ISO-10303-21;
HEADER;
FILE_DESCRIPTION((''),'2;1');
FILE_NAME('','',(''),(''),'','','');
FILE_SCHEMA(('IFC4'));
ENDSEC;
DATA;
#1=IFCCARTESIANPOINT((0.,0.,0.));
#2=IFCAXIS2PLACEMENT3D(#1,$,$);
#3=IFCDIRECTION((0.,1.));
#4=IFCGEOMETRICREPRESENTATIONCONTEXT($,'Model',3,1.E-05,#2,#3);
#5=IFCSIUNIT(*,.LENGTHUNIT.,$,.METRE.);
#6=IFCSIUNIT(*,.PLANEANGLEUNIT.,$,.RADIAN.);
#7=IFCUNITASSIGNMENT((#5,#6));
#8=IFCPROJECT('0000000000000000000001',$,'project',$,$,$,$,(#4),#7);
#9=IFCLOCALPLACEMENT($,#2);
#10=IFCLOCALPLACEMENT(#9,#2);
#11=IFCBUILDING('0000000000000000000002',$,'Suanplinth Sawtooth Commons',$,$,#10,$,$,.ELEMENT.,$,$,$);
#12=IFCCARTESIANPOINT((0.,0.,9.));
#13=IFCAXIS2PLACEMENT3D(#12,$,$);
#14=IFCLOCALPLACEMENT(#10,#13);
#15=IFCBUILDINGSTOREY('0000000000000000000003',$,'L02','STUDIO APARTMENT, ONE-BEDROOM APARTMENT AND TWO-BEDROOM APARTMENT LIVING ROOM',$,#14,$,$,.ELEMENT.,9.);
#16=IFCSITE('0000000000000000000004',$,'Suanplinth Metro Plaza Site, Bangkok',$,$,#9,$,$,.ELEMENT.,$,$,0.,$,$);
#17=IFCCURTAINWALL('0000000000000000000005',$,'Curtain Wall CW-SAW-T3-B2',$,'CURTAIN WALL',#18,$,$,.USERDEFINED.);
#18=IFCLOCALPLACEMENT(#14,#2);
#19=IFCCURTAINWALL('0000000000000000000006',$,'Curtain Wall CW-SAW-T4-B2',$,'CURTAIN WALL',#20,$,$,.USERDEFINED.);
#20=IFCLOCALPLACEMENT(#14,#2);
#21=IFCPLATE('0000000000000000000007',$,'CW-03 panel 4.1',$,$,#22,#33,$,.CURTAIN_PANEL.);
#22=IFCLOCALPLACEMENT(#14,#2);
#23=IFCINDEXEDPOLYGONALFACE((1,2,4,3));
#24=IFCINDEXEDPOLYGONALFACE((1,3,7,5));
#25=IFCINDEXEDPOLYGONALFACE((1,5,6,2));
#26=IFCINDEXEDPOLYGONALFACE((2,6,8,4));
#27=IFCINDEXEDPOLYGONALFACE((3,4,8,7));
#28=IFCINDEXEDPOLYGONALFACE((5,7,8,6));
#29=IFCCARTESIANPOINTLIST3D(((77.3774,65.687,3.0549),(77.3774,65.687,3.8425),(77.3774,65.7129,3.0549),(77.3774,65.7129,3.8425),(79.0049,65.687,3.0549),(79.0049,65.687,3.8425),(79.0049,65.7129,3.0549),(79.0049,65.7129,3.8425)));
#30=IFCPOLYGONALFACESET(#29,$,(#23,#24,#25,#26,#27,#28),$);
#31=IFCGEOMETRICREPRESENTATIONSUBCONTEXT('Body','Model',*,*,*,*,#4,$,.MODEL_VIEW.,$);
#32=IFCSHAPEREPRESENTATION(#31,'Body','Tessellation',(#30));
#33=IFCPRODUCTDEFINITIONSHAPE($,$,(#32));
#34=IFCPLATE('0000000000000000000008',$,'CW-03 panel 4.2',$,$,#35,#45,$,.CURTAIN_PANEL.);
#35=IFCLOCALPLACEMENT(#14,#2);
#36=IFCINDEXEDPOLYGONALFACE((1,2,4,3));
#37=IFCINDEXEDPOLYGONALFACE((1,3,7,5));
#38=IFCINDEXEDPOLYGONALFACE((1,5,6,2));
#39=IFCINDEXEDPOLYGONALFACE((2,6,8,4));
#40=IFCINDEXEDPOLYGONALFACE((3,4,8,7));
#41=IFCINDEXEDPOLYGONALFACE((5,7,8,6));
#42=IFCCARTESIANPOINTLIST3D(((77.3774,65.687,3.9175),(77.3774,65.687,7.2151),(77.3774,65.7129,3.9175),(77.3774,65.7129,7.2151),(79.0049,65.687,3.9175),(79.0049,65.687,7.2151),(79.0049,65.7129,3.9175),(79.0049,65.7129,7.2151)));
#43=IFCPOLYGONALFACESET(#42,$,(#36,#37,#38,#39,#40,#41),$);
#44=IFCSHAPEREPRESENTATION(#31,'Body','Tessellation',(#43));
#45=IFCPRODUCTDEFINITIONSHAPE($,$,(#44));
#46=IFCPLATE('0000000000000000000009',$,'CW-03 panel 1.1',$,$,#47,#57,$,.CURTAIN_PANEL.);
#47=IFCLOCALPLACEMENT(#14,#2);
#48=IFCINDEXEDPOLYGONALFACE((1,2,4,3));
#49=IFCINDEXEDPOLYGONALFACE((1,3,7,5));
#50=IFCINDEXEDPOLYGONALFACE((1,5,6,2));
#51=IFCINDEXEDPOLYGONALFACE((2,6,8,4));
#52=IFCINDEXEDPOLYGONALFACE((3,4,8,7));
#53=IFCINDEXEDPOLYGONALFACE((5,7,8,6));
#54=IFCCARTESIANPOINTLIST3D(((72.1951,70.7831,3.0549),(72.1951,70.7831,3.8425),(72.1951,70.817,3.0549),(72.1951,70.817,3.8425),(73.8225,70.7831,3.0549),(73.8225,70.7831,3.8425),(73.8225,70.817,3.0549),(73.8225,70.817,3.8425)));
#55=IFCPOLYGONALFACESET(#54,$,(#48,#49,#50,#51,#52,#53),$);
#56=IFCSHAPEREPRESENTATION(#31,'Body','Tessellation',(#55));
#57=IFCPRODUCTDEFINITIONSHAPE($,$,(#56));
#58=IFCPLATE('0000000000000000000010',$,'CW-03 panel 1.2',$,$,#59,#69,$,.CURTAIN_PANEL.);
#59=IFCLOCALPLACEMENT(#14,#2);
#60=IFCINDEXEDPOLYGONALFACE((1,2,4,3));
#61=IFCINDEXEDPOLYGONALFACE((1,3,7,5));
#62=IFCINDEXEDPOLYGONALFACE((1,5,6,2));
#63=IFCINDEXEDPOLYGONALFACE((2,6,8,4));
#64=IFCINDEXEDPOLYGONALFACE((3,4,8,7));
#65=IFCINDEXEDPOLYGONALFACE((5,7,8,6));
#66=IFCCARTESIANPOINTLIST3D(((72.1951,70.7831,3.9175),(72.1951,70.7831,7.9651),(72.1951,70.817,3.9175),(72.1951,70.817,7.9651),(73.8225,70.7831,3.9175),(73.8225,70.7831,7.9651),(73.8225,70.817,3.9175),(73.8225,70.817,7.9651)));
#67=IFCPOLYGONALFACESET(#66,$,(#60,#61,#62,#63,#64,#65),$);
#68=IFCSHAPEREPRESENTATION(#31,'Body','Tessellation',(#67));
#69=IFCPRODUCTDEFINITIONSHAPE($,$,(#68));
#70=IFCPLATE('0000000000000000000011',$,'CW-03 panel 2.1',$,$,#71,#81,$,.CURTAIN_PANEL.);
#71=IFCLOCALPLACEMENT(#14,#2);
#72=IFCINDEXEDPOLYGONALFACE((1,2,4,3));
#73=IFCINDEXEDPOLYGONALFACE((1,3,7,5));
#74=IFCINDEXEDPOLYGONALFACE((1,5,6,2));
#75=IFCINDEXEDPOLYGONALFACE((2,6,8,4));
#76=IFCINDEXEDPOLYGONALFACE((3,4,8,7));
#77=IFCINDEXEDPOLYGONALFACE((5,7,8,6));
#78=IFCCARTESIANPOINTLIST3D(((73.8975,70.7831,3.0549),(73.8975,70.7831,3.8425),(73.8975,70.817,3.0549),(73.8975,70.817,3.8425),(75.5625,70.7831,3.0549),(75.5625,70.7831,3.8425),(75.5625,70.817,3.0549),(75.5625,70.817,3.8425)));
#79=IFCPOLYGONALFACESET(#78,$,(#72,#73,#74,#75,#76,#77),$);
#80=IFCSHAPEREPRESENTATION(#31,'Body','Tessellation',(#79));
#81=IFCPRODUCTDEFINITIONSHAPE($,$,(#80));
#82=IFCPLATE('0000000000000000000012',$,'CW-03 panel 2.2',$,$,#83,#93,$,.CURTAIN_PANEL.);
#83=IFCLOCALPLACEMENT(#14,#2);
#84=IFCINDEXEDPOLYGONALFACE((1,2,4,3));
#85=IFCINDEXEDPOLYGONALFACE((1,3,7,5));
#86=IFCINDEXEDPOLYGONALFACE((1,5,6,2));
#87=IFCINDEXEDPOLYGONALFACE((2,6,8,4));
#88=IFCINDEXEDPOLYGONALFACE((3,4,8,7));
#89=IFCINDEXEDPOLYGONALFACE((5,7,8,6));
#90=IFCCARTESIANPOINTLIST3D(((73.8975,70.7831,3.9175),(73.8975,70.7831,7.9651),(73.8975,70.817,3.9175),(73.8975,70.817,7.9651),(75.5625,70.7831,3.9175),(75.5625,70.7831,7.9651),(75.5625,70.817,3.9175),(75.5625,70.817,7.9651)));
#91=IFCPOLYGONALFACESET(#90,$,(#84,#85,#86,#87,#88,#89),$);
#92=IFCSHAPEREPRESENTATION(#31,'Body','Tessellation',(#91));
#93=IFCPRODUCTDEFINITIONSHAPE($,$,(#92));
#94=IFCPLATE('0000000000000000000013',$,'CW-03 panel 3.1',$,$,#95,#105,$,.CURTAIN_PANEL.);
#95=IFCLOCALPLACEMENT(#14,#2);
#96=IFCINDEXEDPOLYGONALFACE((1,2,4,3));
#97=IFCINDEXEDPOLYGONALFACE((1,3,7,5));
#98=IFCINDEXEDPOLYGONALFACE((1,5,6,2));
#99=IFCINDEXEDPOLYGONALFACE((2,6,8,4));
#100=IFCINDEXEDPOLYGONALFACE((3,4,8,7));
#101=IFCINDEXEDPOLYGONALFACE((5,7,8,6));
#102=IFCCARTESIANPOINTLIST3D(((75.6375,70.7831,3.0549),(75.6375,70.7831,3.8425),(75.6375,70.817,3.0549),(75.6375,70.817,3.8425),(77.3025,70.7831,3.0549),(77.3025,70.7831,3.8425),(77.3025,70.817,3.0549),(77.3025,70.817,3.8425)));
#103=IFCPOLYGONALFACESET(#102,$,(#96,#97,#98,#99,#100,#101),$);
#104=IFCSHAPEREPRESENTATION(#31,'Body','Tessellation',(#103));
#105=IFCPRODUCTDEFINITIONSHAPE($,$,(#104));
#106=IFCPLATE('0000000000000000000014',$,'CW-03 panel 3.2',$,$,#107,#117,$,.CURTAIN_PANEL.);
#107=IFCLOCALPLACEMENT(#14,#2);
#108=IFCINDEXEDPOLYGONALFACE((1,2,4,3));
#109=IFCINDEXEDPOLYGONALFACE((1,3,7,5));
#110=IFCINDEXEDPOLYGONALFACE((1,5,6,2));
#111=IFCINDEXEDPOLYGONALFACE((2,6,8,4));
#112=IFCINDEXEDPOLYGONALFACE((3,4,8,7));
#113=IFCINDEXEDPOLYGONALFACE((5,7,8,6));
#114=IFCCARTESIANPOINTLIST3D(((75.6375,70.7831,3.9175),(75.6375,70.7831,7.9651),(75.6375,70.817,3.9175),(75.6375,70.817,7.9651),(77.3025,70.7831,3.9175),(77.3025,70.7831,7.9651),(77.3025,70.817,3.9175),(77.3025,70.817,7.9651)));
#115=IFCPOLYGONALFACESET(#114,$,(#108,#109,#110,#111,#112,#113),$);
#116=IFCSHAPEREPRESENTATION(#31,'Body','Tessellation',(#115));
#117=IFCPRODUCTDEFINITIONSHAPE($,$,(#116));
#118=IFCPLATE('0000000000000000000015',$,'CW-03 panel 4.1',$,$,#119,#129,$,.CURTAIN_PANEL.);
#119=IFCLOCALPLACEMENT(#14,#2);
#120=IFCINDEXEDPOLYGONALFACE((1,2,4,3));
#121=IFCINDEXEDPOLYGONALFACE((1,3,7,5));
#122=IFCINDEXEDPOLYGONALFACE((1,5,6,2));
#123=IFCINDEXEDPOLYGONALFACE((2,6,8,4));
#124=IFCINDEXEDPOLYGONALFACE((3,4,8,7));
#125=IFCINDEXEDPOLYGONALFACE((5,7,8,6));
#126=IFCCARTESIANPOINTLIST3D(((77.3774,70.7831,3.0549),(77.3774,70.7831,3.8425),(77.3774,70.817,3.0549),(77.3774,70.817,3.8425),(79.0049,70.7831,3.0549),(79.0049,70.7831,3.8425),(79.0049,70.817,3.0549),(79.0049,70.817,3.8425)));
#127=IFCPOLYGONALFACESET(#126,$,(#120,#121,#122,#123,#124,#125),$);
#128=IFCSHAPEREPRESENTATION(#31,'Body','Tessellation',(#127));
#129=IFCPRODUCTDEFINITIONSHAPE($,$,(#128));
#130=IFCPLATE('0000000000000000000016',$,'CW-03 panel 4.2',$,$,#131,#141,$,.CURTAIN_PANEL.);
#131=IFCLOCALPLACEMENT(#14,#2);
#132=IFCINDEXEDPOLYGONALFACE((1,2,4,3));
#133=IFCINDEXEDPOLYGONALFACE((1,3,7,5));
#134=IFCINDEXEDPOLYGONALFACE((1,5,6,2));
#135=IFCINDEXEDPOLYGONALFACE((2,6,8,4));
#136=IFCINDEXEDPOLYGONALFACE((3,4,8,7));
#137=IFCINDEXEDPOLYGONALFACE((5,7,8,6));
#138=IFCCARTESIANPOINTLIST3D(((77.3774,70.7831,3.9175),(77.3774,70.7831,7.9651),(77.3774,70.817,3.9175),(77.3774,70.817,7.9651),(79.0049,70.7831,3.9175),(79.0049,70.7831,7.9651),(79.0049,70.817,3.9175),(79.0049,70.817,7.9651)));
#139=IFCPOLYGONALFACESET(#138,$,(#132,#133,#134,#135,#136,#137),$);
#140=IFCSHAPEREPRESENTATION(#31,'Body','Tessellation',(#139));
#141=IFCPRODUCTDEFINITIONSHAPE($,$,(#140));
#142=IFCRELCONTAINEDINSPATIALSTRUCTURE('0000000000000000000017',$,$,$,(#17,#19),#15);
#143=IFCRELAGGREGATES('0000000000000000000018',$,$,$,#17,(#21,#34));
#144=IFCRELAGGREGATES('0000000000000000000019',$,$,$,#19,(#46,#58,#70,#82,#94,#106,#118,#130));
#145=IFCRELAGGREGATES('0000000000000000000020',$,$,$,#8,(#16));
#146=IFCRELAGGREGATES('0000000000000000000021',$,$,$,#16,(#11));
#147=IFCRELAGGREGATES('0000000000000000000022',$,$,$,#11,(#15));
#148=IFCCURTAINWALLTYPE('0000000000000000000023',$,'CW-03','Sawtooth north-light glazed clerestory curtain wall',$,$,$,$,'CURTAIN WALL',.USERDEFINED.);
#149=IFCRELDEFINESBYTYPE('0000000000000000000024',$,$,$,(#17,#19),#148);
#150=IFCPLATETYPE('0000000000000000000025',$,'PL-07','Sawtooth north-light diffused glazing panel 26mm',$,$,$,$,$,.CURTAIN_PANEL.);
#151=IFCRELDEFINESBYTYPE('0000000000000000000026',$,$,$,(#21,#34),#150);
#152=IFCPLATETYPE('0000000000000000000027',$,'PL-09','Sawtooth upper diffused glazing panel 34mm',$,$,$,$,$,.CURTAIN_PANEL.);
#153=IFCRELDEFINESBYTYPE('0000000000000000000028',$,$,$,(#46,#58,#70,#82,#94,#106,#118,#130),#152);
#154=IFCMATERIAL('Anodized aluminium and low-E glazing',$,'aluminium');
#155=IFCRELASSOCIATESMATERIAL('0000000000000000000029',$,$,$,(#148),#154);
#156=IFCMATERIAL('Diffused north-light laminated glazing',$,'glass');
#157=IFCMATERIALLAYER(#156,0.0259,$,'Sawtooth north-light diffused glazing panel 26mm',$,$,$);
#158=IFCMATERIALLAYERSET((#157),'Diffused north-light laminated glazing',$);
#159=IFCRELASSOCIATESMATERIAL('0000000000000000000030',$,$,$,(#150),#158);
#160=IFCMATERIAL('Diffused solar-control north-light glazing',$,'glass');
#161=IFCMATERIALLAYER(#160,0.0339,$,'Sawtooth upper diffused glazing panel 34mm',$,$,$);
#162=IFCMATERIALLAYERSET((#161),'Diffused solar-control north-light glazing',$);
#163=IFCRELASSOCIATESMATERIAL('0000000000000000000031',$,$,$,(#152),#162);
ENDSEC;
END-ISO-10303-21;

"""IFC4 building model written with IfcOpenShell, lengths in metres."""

from ifc_helpers import new_model, si_unit, direction, frame, origin, origin_2d, place, context, subcontext, project, spatial, rectangle, extrude, material, layer, layer_set, type_object, element, aggregate, save


model = new_model("IFC4")

# Units and contexts
model_context = context("Model", 3, precision=1e-05, world=origin(), true_north=direction((0.0, 1.0)))
body_context = subcontext(model_context, "Body", "Model", "MODEL_VIEW")
ifc_project = project(units=[si_unit("LENGTHUNIT", "METRE"), si_unit("PLANEANGLEUNIT", "RADIAN")], contexts=[model_context])

# Site, building, storey
site_placement = place(None, origin())
site = spatial("IfcSite", under=ifc_project, at=site_placement, Name="Suanplinth Metro Plaza Site, Bangkok", CompositionType="ELEMENT", RefElevation=0.0)
building_placement = place(site_placement, origin())
building = spatial("IfcBuilding", under=site, at=building_placement, Name="Suanplinth Sawtooth Commons", CompositionType="ELEMENT")
storey_placement = place(building_placement, frame((0.0, 0.0, 9.0)))
storey = spatial("IfcBuildingStorey", under=building, at=storey_placement, Name="L02", Description="STUDIO APARTMENT, ONE-BEDROOM APARTMENT AND TWO-BEDROOM APARTMENT LIVING ROOM", CompositionType="ELEMENT", Elevation=9.0)

# Curtain wall
ifc_material_1 = material(Name="Anodized aluminium and low-E glazing", Category="aluminium")
curtain_wall_type = type_object("IfcCurtainWallType", Name="CW-03", Description="Sawtooth north-light glazed clerestory curtain wall", ElementType="CURTAIN WALL", PredefinedType="USERDEFINED", material=ifc_material_1)
curtain_wall_1_placement = place(storey_placement, origin())
curtain_wall_1 = element("IfcCurtainWall", 1, at=curtain_wall_1_placement, inside=storey, type_object=curtain_wall_type, Name="Curtain Wall CW-SAW-T3-B2", ObjectType="CURTAIN WALL", PredefinedType="USERDEFINED")

# Curtain wall
curtain_wall_2_placement = place(storey_placement, origin())
curtain_wall_2 = element("IfcCurtainWall", 2, at=curtain_wall_2_placement, inside=storey, type_object=curtain_wall_type, Name="Curtain Wall CW-SAW-T4-B2", ObjectType="CURTAIN WALL", PredefinedType="USERDEFINED")

# Plates
ifc_material_2 = material(Name="Diffused north-light laminated glazing", Category="glass")
ifc_layer_1 = layer(ifc_material_2, 0.0259, Name="Sawtooth north-light diffused glazing panel 26mm")
ifc_layer_set_1 = layer_set([ifc_layer_1], Name="Diffused north-light laminated glazing")
plate_type_1 = type_object("IfcPlateType", Name="PL-07", Description="Sawtooth north-light diffused glazing panel 26mm", PredefinedType="CURTAIN_PANEL", material=ifc_layer_set_1)
plate_1_placement = place(storey_placement, frame((78.1912, 65.7, 3.0549), z_axis=(0.0, 0.0, 1.0), x_axis=(1.0, 0.0, 0.0)))
plate_1 = element("IfcPlate", 3, at=plate_1_placement, type_object=plate_type_1, Name="CW-03 panel 4.1", PredefinedType="CURTAIN_PANEL", context=body_context, shape_type="SweptSolid", body=[
    extrude(rectangle(XDim=1.6274, YDim=0.0259, at=origin_2d()), origin(), (0.0, 0.0, 1.0), 0.7876),
])
plate_2_placement = place(storey_placement, frame((78.1912, 65.7, 3.9175), z_axis=(0.0, 0.0, 1.0), x_axis=(1.0, 0.0, 0.0)))
plate_2 = element("IfcPlate", 4, at=plate_2_placement, type_object=plate_type_1, Name="CW-03 panel 4.2", PredefinedType="CURTAIN_PANEL", context=body_context, shape_type="SweptSolid", body=[
    extrude(rectangle(XDim=1.6274, YDim=0.0259, at=origin_2d()), origin(), (0.0, 0.0, 1.0), 3.2976),
])
aggregate(curtain_wall_1, [plate_1, plate_2])
ifc_material_3 = material(Name="Diffused solar-control north-light glazing", Category="glass")
ifc_layer_2 = layer(ifc_material_3, 0.0339, Name="Sawtooth upper diffused glazing panel 34mm")
ifc_layer_set_2 = layer_set([ifc_layer_2], Name="Diffused solar-control north-light glazing")
plate_type_2 = type_object("IfcPlateType", Name="PL-09", Description="Sawtooth upper diffused glazing panel 34mm", PredefinedType="CURTAIN_PANEL", material=ifc_layer_set_2)
plate_3_placement = place(storey_placement, frame((73.0088, 70.8, 3.0549), z_axis=(0.0, 0.0, 1.0), x_axis=(1.0, 0.0, 0.0)))
plate_3 = element("IfcPlate", 5, at=plate_3_placement, type_object=plate_type_2, Name="CW-03 panel 1.1", PredefinedType="CURTAIN_PANEL", context=body_context, shape_type="SweptSolid", body=[
    extrude(rectangle(XDim=1.6274, YDim=0.0339, at=origin_2d()), origin(), (0.0, 0.0, 1.0), 0.7876),
])
plate_4_placement = place(storey_placement, frame((73.0088, 70.8, 3.9175), z_axis=(0.0, 0.0, 1.0), x_axis=(1.0, 0.0, 0.0)))
plate_4 = element("IfcPlate", 6, at=plate_4_placement, type_object=plate_type_2, Name="CW-03 panel 1.2", PredefinedType="CURTAIN_PANEL", context=body_context, shape_type="SweptSolid", body=[
    extrude(rectangle(XDim=1.6274, YDim=0.0339, at=origin_2d()), origin(), (0.0, 0.0, 1.0), 4.0476),
])
plate_5_placement = place(storey_placement, frame((74.73, 70.8, 3.0549), z_axis=(0.0, 0.0, 1.0), x_axis=(1.0, 0.0, 0.0)))
plate_5 = element("IfcPlate", 7, at=plate_5_placement, type_object=plate_type_2, Name="CW-03 panel 2.1", PredefinedType="CURTAIN_PANEL", context=body_context, shape_type="SweptSolid", body=[
    extrude(rectangle(XDim=1.665, YDim=0.0339, at=origin_2d()), origin(), (0.0, 0.0, 1.0), 0.7876),
])
plate_6_placement = place(storey_placement, frame((74.73, 70.8, 3.9175), z_axis=(0.0, 0.0, 1.0), x_axis=(1.0, 0.0, 0.0)))
plate_6 = element("IfcPlate", 8, at=plate_6_placement, type_object=plate_type_2, Name="CW-03 panel 2.2", PredefinedType="CURTAIN_PANEL", context=body_context, shape_type="SweptSolid", body=[
    extrude(rectangle(XDim=1.665, YDim=0.0339, at=origin_2d()), origin(), (0.0, 0.0, 1.0), 4.0476),
])
plate_7_placement = place(storey_placement, frame((76.47, 70.8, 3.0549), z_axis=(0.0, 0.0, 1.0), x_axis=(1.0, 0.0, 0.0)))
plate_7 = element("IfcPlate", 9, at=plate_7_placement, type_object=plate_type_2, Name="CW-03 panel 3.1", PredefinedType="CURTAIN_PANEL", context=body_context, shape_type="SweptSolid", body=[
    extrude(rectangle(XDim=1.665, YDim=0.0339, at=origin_2d()), origin(), (0.0, 0.0, 1.0), 0.7876),
])
plate_8_placement = place(storey_placement, frame((76.47, 70.8, 3.9175), z_axis=(0.0, 0.0, 1.0), x_axis=(1.0, 0.0, 0.0)))
plate_8 = element("IfcPlate", 10, at=plate_8_placement, type_object=plate_type_2, Name="CW-03 panel 3.2", PredefinedType="CURTAIN_PANEL", context=body_context, shape_type="SweptSolid", body=[
    extrude(rectangle(XDim=1.665, YDim=0.0339, at=origin_2d()), origin(), (0.0, 0.0, 1.0), 4.0476),
])
plate_9_placement = place(storey_placement, frame((78.1912, 70.8, 3.0549), z_axis=(0.0, 0.0, 1.0), x_axis=(1.0, 0.0, 0.0)))
plate_9 = element("IfcPlate", 11, at=plate_9_placement, type_object=plate_type_2, Name="CW-03 panel 4.1", PredefinedType="CURTAIN_PANEL", context=body_context, shape_type="SweptSolid", body=[
    extrude(rectangle(XDim=1.6274, YDim=0.0339, at=origin_2d()), origin(), (0.0, 0.0, 1.0), 0.7876),
])
plate_10_placement = place(storey_placement, frame((78.1912, 70.8, 3.9175), z_axis=(0.0, 0.0, 1.0), x_axis=(1.0, 0.0, 0.0)))
plate_10 = element("IfcPlate", 12, at=plate_10_placement, type_object=plate_type_2, Name="CW-03 panel 4.2", PredefinedType="CURTAIN_PANEL", context=body_context, shape_type="SweptSolid", body=[
    extrude(rectangle(XDim=1.6274, YDim=0.0339, at=origin_2d()), origin(), (0.0, 0.0, 1.0), 4.0476),
])
aggregate(curtain_wall_2, [plate_3, plate_4, plate_5, plate_6, plate_7, plate_8, plate_9, plate_10])

save(model, "model.ifc")
